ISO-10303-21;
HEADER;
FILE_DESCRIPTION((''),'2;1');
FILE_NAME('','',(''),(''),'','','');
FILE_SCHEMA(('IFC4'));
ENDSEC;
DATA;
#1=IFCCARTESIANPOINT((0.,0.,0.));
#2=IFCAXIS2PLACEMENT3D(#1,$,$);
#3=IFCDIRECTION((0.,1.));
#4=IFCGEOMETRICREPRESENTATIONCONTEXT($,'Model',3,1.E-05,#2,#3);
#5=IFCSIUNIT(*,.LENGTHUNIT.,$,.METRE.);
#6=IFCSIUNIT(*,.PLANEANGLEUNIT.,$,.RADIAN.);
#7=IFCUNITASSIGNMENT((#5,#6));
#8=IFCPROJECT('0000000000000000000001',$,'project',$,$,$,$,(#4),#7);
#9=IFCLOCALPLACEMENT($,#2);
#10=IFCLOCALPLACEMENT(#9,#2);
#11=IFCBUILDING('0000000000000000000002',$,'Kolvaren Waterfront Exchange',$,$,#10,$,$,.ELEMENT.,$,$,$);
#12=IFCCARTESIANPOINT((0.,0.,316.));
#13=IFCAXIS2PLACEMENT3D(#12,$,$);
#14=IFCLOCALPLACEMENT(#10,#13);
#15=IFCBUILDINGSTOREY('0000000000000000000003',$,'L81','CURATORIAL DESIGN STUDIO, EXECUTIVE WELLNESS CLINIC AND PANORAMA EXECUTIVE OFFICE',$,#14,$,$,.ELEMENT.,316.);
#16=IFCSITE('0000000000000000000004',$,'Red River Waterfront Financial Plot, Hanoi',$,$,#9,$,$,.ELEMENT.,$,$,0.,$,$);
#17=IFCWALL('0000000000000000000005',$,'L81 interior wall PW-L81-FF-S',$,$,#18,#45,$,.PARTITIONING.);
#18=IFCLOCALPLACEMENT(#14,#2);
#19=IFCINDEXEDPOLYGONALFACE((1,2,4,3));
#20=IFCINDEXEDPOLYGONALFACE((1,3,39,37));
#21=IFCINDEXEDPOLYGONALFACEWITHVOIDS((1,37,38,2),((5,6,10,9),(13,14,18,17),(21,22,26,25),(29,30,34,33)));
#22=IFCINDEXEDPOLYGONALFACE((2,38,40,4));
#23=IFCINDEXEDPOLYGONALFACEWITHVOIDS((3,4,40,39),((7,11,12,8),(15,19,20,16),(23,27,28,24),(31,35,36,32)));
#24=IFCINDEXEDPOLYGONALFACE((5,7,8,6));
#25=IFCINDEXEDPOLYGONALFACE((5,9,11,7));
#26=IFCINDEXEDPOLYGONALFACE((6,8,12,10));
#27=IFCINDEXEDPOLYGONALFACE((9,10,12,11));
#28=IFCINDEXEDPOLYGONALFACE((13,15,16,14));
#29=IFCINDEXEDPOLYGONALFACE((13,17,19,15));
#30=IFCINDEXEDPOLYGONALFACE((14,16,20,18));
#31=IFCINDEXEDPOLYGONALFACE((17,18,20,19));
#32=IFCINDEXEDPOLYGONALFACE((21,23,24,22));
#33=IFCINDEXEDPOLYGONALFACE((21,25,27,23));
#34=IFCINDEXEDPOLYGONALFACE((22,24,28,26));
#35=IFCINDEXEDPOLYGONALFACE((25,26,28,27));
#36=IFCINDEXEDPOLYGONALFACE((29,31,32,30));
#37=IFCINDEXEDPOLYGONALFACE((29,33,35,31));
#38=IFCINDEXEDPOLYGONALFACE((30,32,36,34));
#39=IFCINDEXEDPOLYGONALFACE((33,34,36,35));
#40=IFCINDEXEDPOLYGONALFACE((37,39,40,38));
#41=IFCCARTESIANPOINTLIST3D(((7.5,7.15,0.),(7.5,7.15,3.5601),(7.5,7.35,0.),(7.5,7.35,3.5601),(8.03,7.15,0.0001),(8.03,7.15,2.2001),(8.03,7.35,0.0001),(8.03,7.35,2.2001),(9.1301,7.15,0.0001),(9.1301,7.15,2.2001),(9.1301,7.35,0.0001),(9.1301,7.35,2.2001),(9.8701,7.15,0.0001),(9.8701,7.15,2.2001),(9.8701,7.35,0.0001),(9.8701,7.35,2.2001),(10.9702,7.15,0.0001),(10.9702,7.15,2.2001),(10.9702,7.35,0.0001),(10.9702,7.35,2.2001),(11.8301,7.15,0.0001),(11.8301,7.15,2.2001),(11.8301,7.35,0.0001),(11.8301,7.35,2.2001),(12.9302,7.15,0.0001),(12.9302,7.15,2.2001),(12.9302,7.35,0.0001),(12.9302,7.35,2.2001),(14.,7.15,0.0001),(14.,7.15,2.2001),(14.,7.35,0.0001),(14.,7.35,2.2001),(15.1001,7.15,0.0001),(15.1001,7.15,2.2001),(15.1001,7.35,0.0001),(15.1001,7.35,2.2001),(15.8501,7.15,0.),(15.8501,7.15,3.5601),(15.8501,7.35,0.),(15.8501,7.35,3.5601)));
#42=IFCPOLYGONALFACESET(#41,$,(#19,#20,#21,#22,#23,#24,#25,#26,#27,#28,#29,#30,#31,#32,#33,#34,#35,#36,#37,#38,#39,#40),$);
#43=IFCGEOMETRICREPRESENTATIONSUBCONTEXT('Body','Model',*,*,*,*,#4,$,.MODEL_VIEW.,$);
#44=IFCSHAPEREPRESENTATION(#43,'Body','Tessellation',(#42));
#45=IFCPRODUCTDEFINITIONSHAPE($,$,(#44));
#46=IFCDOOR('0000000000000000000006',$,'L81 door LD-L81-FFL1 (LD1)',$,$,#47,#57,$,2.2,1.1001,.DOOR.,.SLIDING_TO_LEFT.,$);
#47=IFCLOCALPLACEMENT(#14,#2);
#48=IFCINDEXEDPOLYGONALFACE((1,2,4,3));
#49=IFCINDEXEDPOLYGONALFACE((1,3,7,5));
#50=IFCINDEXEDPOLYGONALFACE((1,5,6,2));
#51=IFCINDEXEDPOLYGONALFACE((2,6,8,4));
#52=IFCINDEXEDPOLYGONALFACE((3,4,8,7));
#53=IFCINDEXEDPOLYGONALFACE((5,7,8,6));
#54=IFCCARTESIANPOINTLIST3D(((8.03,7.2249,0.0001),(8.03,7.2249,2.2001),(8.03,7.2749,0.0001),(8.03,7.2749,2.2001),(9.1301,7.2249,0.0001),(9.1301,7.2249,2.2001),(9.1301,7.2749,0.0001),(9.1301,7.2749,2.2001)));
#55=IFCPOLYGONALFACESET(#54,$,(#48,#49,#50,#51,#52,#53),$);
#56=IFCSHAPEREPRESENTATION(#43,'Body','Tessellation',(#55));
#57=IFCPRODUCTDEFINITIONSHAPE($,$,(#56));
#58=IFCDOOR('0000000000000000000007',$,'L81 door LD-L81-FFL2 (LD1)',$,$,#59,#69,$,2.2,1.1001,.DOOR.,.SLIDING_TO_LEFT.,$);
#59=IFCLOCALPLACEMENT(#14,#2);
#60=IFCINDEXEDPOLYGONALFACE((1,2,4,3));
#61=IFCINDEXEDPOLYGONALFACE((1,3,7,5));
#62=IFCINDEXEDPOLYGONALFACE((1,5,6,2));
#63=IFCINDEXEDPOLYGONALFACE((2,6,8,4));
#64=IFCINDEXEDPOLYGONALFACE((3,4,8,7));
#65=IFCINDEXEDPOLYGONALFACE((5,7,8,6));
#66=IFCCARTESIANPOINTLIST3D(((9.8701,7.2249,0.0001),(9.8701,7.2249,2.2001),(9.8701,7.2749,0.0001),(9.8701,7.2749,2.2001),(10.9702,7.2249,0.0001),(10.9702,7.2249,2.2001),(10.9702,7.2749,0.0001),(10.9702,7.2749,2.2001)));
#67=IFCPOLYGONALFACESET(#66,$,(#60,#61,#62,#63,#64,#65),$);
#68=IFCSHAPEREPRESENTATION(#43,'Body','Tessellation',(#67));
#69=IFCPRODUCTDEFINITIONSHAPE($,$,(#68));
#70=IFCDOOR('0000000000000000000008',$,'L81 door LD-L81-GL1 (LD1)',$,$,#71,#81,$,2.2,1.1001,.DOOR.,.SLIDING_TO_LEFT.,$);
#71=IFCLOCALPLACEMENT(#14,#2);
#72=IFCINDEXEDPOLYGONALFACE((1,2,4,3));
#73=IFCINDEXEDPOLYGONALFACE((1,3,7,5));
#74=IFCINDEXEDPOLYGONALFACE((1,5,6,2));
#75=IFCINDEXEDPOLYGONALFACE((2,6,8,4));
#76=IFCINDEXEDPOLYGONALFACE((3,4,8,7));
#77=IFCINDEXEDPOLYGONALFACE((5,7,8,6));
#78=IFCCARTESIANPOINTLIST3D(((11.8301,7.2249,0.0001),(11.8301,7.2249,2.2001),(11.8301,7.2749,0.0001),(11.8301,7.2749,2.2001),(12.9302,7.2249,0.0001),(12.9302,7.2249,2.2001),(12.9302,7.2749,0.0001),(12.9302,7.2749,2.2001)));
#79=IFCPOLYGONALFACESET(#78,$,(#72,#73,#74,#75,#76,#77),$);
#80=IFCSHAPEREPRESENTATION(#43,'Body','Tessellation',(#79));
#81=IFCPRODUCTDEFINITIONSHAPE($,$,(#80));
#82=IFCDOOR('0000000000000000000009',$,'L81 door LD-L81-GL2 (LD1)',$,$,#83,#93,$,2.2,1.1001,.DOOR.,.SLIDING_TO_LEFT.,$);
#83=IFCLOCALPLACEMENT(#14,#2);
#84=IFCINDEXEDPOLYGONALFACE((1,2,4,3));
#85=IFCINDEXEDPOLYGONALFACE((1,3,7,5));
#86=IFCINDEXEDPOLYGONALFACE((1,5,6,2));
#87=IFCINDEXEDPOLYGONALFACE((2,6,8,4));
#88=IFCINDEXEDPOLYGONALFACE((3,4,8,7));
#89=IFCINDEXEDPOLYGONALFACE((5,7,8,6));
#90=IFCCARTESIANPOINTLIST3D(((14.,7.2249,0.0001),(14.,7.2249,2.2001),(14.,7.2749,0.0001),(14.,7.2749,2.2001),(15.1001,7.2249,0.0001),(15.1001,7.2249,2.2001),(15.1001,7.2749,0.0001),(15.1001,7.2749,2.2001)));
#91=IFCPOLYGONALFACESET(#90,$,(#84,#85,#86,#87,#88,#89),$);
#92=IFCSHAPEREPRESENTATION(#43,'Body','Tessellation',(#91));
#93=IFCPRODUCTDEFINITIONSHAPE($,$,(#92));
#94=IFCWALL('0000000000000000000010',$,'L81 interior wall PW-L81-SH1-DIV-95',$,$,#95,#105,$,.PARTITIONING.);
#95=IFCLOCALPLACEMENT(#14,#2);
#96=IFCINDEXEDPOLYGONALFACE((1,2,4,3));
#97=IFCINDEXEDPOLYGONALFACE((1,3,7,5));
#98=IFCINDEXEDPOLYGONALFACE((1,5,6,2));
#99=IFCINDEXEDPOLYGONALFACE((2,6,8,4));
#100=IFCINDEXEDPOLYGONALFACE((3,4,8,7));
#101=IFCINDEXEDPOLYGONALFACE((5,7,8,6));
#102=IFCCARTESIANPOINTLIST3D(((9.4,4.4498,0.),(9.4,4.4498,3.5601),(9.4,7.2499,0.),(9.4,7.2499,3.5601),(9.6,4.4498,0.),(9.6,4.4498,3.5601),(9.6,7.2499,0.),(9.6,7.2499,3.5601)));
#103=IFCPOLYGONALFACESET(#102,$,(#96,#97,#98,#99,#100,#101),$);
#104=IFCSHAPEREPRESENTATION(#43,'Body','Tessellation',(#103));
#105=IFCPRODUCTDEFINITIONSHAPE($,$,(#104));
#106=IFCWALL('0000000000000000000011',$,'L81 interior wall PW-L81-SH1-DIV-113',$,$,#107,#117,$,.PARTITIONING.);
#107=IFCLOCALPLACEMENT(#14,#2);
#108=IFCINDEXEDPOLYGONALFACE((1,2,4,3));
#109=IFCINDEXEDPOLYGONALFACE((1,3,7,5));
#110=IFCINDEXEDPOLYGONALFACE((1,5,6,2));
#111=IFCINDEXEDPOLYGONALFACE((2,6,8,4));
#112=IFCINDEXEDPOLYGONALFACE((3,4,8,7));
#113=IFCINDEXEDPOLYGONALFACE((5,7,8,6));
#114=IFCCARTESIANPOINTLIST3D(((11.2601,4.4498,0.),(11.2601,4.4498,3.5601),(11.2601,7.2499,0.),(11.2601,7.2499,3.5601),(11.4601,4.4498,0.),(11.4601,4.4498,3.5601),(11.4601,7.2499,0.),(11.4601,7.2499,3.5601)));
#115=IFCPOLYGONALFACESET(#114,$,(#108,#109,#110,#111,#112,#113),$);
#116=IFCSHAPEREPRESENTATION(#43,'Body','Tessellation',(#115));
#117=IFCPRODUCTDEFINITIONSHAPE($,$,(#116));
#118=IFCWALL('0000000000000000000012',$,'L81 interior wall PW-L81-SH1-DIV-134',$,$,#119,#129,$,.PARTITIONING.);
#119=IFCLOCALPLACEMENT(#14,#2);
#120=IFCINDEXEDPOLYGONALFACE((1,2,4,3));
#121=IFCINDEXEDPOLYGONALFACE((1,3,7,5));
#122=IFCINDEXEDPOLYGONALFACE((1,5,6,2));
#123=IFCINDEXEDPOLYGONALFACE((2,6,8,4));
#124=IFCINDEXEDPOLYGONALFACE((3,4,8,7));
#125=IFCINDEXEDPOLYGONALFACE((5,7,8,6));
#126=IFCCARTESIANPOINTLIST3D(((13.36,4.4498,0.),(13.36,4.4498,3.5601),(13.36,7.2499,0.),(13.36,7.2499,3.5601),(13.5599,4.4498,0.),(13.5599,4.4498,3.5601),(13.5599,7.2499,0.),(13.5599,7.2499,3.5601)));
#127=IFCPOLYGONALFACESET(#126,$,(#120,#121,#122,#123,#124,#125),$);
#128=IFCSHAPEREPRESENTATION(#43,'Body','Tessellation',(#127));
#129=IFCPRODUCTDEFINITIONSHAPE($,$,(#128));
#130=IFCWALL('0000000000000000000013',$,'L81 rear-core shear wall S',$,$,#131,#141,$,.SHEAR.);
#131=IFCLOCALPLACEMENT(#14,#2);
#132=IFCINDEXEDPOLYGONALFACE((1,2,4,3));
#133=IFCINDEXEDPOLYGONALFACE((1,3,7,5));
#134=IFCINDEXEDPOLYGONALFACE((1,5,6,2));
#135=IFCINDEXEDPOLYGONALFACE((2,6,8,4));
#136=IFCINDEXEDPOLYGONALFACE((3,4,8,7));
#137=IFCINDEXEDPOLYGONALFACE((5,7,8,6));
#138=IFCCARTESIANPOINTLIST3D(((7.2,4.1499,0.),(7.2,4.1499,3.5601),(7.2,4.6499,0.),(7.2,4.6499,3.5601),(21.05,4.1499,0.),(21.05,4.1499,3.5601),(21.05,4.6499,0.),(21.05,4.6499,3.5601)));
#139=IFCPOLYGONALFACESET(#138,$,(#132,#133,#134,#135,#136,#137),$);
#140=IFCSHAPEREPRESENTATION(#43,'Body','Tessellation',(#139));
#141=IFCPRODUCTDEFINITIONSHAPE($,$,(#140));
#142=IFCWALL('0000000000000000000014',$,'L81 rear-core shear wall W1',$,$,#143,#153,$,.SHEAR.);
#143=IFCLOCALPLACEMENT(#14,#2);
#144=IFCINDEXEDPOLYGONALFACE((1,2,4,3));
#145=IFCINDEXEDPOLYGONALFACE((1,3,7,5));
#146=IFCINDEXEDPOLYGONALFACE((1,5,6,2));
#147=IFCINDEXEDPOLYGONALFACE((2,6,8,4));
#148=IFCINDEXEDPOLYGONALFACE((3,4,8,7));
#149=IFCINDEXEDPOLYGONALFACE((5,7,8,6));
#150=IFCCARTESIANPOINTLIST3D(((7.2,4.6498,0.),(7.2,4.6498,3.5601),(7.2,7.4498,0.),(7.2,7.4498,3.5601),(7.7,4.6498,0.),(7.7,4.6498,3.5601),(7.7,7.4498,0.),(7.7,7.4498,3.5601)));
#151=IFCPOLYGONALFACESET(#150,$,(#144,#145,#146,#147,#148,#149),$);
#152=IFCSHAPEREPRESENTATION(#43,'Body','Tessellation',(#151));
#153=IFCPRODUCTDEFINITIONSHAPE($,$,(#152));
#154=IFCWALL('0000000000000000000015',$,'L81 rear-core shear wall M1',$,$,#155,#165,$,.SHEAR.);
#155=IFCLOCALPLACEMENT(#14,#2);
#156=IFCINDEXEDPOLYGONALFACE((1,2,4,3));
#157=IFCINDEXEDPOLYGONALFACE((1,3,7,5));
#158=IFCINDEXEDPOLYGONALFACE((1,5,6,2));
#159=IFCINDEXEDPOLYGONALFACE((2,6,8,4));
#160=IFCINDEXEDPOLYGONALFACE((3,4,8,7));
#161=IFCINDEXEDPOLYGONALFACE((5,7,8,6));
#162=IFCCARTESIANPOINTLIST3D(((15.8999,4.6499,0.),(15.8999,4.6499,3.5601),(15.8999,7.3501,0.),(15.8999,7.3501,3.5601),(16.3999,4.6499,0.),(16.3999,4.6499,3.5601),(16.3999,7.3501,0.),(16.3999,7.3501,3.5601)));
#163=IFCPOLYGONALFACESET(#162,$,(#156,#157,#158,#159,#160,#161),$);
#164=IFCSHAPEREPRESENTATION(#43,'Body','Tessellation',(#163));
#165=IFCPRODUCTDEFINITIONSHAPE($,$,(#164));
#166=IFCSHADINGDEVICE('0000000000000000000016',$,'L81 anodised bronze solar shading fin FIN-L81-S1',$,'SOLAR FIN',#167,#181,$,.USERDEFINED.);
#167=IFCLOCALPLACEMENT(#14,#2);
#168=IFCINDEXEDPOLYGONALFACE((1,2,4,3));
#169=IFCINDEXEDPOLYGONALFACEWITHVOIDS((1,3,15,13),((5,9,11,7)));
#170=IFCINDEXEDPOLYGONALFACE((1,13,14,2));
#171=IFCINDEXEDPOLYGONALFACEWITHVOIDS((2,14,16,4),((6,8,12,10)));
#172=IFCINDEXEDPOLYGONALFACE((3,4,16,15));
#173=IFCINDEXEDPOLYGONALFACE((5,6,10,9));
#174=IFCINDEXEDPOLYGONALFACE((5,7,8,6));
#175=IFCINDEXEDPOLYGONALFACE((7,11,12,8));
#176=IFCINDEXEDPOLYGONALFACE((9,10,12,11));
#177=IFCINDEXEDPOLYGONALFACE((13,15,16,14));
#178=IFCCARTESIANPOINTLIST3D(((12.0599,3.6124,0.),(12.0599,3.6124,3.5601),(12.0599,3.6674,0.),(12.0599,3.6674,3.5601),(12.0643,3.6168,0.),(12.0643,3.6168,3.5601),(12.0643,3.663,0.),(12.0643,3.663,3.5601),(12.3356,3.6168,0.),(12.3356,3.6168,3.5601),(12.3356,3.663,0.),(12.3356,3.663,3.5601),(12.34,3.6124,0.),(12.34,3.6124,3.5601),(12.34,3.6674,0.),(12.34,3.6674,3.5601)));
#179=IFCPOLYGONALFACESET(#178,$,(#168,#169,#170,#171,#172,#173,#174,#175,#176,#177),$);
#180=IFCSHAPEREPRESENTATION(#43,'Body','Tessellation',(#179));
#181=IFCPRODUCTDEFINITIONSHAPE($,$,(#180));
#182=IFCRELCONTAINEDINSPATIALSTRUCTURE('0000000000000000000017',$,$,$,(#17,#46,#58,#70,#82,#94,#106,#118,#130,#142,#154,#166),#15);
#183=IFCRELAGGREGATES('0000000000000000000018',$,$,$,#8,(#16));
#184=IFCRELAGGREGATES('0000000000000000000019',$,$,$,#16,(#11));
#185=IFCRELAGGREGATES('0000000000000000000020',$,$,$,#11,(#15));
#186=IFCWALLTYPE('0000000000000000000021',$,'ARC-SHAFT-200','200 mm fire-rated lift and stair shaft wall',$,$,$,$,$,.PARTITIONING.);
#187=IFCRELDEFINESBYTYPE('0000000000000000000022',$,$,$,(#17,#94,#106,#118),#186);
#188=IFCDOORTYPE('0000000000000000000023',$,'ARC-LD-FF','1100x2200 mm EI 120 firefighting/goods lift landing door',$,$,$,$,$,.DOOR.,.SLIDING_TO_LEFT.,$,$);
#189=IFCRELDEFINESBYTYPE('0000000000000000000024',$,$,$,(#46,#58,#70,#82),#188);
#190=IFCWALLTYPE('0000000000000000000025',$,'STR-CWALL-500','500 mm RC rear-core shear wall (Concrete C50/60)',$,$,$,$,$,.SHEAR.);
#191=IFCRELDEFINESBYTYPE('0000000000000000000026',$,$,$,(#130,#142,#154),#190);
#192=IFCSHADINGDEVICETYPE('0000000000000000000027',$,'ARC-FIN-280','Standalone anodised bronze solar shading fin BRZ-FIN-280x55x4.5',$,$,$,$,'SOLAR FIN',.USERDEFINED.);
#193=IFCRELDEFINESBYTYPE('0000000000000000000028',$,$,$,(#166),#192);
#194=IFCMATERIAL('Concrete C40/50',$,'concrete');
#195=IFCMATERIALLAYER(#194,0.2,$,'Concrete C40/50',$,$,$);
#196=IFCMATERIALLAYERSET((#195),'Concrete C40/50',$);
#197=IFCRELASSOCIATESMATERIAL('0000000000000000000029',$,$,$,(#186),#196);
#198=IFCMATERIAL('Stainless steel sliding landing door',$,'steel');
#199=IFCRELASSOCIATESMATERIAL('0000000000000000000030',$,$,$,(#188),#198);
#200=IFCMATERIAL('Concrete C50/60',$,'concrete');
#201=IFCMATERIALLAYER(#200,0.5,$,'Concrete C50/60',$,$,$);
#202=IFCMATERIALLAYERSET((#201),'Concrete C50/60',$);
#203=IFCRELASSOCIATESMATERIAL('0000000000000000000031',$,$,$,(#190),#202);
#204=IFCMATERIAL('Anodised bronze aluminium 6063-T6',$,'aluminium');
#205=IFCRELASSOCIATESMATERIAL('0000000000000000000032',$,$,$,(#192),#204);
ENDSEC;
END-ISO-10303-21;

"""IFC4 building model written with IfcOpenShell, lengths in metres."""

from ifc_helpers import new_model, si_unit, direction, frame, frame_2d, origin, origin_2d, place, context, subcontext, project, spatial, rectangle, hollow_rectangle, extrude, material, layer, layer_set, material_profile, profile_set, type_object, element, fill, save


model = new_model("IFC4")

# Units and contexts
model_context = context("Model", 3, precision=1e-05, world=origin(), true_north=direction((0.0, 1.0)))
body_context = subcontext(model_context, "Body", "Model", "MODEL_VIEW")
ifc_project = project(units=[si_unit("LENGTHUNIT", "METRE"), si_unit("PLANEANGLEUNIT", "RADIAN")], contexts=[model_context])

# Site, building, storey
site_placement = place(None, origin())
site = spatial("IfcSite", under=ifc_project, at=site_placement, Name="Red River Waterfront Financial Plot, Hanoi", CompositionType="ELEMENT", RefElevation=0.0)
building_placement = place(site_placement, origin())
building = spatial("IfcBuilding", under=site, at=building_placement, Name="Kolvaren Waterfront Exchange", CompositionType="ELEMENT")
storey_placement = place(building_placement, frame((0.0, 0.0, 316.0)))
storey = spatial("IfcBuildingStorey", under=building, at=storey_placement, Name="L81", Description="CURATORIAL DESIGN STUDIO, EXECUTIVE WELLNESS CLINIC AND PANORAMA EXECUTIVE OFFICE", CompositionType="ELEMENT", Elevation=316.0)

# Shared definitions
ifc_material_1 = material(Name="Concrete C50/60", Category="concrete")

# Shared definitions
ifc_material_2 = material(Name="Anodised bronze aluminium 6063-T6", Category="aluminium")

# Wall, openings, doors
ifc_material_3 = material(Name="Concrete C40/50", Category="concrete")
ifc_layer_1 = layer(ifc_material_3, 0.2, Name="Concrete C40/50")
ifc_layer_set_1 = layer_set([ifc_layer_1], Name="Concrete C40/50")
wall_type_1 = type_object("IfcWallType", Name="ARC-SHAFT-200", Description="200 mm fire-rated lift and stair shaft wall", PredefinedType="PARTITIONING", material=ifc_layer_set_1)
wall_1_placement = place(storey_placement, frame((7.5, 7.25, 0.0), z_axis=(0.0, 0.0, 1.0), x_axis=(1.0, 0.0, 0.0)))
wall_1 = element("IfcWall", 1, at=wall_1_placement, inside=storey, type_object=wall_type_1, Name="L81 interior wall PW-L81-FF-S", PredefinedType="PARTITIONING", context=body_context, shape_type="SweptSolid", body=[
    extrude(rectangle(XDim=8.3501, YDim=0.2, at=frame_2d((4.175, 0.0))), origin(), (0.0, 0.0, 1.0), 3.5601),
])
opening_1_placement = place(wall_1_placement, frame((0.53, 0.0, 0.0)))
opening_1 = element("IfcOpeningElement", 2, at=opening_1_placement, cuts=wall_1, PredefinedType="OPENING", context=body_context, shape_type="SweptSolid", body=[
    extrude(rectangle(XDim=1.1001, YDim=2.2, at=frame_2d((0.55, 1.1001))), frame((0.0, 0.1099, 0.0), z_axis=(0.0, -1.0, 0.0), x_axis=(1.0, 0.0, 0.0)), (0.0, 0.0, 1.0), 0.22),
])
opening_2_placement = place(wall_1_placement, frame((2.3701, 0.0, 0.0)))
opening_2 = element("IfcOpeningElement", 3, at=opening_2_placement, cuts=wall_1, PredefinedType="OPENING", context=body_context, shape_type="SweptSolid", body=[
    extrude(rectangle(XDim=1.1001, YDim=2.2, at=frame_2d((0.55, 1.1001))), frame((0.0, 0.1099, 0.0), z_axis=(0.0, -1.0, 0.0), x_axis=(1.0, 0.0, 0.0)), (0.0, 0.0, 1.0), 0.22),
])
opening_3_placement = place(wall_1_placement, frame((4.3301, 0.0, 0.0)))
opening_3 = element("IfcOpeningElement", 4, at=opening_3_placement, cuts=wall_1, PredefinedType="OPENING", context=body_context, shape_type="SweptSolid", body=[
    extrude(rectangle(XDim=1.1001, YDim=2.2, at=frame_2d((0.55, 1.1001))), frame((0.0, 0.1099, 0.0), z_axis=(0.0, -1.0, 0.0), x_axis=(1.0, 0.0, 0.0)), (0.0, 0.0, 1.0), 0.22),
])
opening_4_placement = place(wall_1_placement, frame((6.5, 0.0, 0.0)))
opening_4 = element("IfcOpeningElement", 5, at=opening_4_placement, cuts=wall_1, PredefinedType="OPENING", context=body_context, shape_type="SweptSolid", body=[
    extrude(rectangle(XDim=1.1001, YDim=2.2, at=frame_2d((0.55, 1.1001))), frame((0.0, 0.1099, 0.0), z_axis=(0.0, -1.0, 0.0), x_axis=(1.0, 0.0, 0.0)), (0.0, 0.0, 1.0), 0.22),
])
ifc_material_4 = material(Name="Stainless steel sliding landing door", Category="steel")
door_type = type_object("IfcDoorType", Name="ARC-LD-FF", Description="1100x2200 mm EI 120 firefighting/goods lift landing door", OperationType="SLIDING_TO_LEFT", PredefinedType="DOOR", material=ifc_material_4)
door_1_placement = place(opening_1_placement, origin())
door_1 = element("IfcDoor", 6, at=door_1_placement, inside=storey, type_object=door_type, Name="L81 door LD-L81-FFL1 (LD1)", OperationType="SLIDING_TO_LEFT", OverallHeight=2.2, OverallWidth=1.1001, PredefinedType="DOOR", context=body_context, shape_type="SweptSolid", body=[
    extrude(rectangle(XDim=1.1001, YDim=2.2, at=frame_2d((0.55, 1.1001))), frame((0.0, 0.0249, 0.0), z_axis=(0.0, -1.0, 0.0), x_axis=(1.0, 0.0, 0.0)), (0.0, 0.0, 1.0), 0.05),
])
fill(opening_1, door_1)
door_2_placement = place(opening_2_placement, origin())
door_2 = element("IfcDoor", 7, at=door_2_placement, inside=storey, type_object=door_type, Name="L81 door LD-L81-FFL2 (LD1)", OperationType="SLIDING_TO_LEFT", OverallHeight=2.2, OverallWidth=1.1001, PredefinedType="DOOR", context=body_context, shape_type="SweptSolid", body=[
    extrude(rectangle(XDim=1.1001, YDim=2.2, at=frame_2d((0.55, 1.1001))), frame((0.0, 0.0249, 0.0), z_axis=(0.0, -1.0, 0.0), x_axis=(1.0, 0.0, 0.0)), (0.0, 0.0, 1.0), 0.05),
])
fill(opening_2, door_2)
door_3_placement = place(opening_3_placement, origin())
door_3 = element("IfcDoor", 8, at=door_3_placement, inside=storey, type_object=door_type, Name="L81 door LD-L81-GL1 (LD1)", OperationType="SLIDING_TO_LEFT", OverallHeight=2.2, OverallWidth=1.1001, PredefinedType="DOOR", context=body_context, shape_type="SweptSolid", body=[
    extrude(rectangle(XDim=1.1001, YDim=2.2, at=frame_2d((0.55, 1.1001))), frame((0.0, 0.0249, 0.0), z_axis=(0.0, -1.0, 0.0), x_axis=(1.0, 0.0, 0.0)), (0.0, 0.0, 1.0), 0.05),
])
fill(opening_3, door_3)
door_4_placement = place(opening_4_placement, origin())
door_4 = element("IfcDoor", 9, at=door_4_placement, inside=storey, type_object=door_type, Name="L81 door LD-L81-GL2 (LD1)", OperationType="SLIDING_TO_LEFT", OverallHeight=2.2, OverallWidth=1.1001, PredefinedType="DOOR", context=body_context, shape_type="SweptSolid", body=[
    extrude(rectangle(XDim=1.1001, YDim=2.2, at=frame_2d((0.55, 1.1001))), frame((0.0, 0.0249, 0.0), z_axis=(0.0, -1.0, 0.0), x_axis=(1.0, 0.0, 0.0)), (0.0, 0.0, 1.0), 0.05),
])
fill(opening_4, door_4)

# Walls
for number, where, z_axis, x_axis, name in (
    (10, (9.5, 4.45, 0.0), (0.0, 0.0, 1.0), (0.0, 1.0, 0.0), "L81 interior wall PW-L81-SH1-DIV-95"),
    (11, (11.3601, 4.45, 0.0), (0.0, 0.0, 1.0), (0.0, 1.0, 0.0), "L81 interior wall PW-L81-SH1-DIV-113"),
    (12, (13.46, 4.45, 0.0), (0.0, 0.0, 1.0), (0.0, 1.0, 0.0), "L81 interior wall PW-L81-SH1-DIV-134"),
):
    element("IfcWall", number, at=place(storey_placement, frame(where, z_axis=z_axis, x_axis=x_axis)), inside=storey, type_object=wall_type_1, Name=name, PredefinedType="PARTITIONING", context=body_context, shape_type="SweptSolid", body=[
        extrude(rectangle(XDim=2.8, YDim=0.2, at=frame_2d((1.3999, 0.0))), origin(), (0.0, 0.0, 1.0), 3.5601),
    ])
ifc_layer_2 = layer(ifc_material_1, 0.5, Name="Concrete C50/60")
ifc_layer_set_2 = layer_set([ifc_layer_2], Name="Concrete C50/60")
wall_type_2 = type_object("IfcWallType", Name="STR-CWALL-500", Description="500 mm RC rear-core shear wall (Concrete C50/60)", PredefinedType="SHEAR", material=ifc_layer_set_2)
wall_2_placement = place(storey_placement, frame((7.2, 4.3999, 0.0), z_axis=(0.0, 0.0, 1.0), x_axis=(1.0, 0.0, 0.0)))
element("IfcWall", 13, at=wall_2_placement, inside=storey, type_object=wall_type_2, Name="L81 rear-core shear wall S", PredefinedType="SHEAR", context=body_context, shape_type="SweptSolid", body=[
    extrude(rectangle(XDim=13.8501, YDim=0.5, at=frame_2d((6.925, 0.0))), origin(), (0.0, 0.0, 1.0), 3.5601),
])
wall_3_placement = place(storey_placement, frame((7.45, 4.6499, 0.0), z_axis=(0.0, 0.0, 1.0), x_axis=(0.0, 1.0, 0.0)))
element("IfcWall", 14, at=wall_3_placement, inside=storey, type_object=wall_type_2, Name="L81 rear-core shear wall W1", PredefinedType="SHEAR", context=body_context, shape_type="SweptSolid", body=[
    extrude(rectangle(XDim=2.8, YDim=0.5, at=frame_2d((1.3999, 0.0))), origin(), (0.0, 0.0, 1.0), 3.5601),
])
wall_4_placement = place(storey_placement, frame((16.1499, 4.6499, 0.0), z_axis=(0.0, 0.0, 1.0), x_axis=(0.0, 1.0, 0.0)))
element("IfcWall", 15, at=wall_4_placement, inside=storey, type_object=wall_type_2, Name="L81 rear-core shear wall M1", PredefinedType="SHEAR", context=body_context, shape_type="SweptSolid", body=[
    extrude(rectangle(XDim=2.7002, YDim=0.5, at=frame_2d((1.3501, 0.0))), origin(), (0.0, 0.0, 1.0), 3.5601),
])

# Shading device
ifc_material_profile_1 = material_profile(ifc_material_2, hollow_rectangle(XDim=0.0549, YDim=0.28, WallThickness=0.0044, at=origin_2d()), Name="BRZ-FIN-280x55x4.5")
ifc_profile_set_1 = profile_set([ifc_material_profile_1], Name="Anodised bronze aluminium 6063-T6")
shading_device_type = type_object("IfcShadingDeviceType", Name="ARC-FIN-280", Description="Standalone anodised bronze solar shading fin BRZ-FIN-280x55x4.5", ElementType="SOLAR FIN", PredefinedType="USERDEFINED", material=ifc_profile_set_1)
shading_device_placement = place(storey_placement, frame((12.2, 3.6399, 0.0), z_axis=(0.0, 0.0, 1.0), x_axis=(0.0, -1.0, 0.0)))
element("IfcShadingDevice", 16, at=shading_device_placement, inside=storey, type_object=shading_device_type, Name="L81 anodised bronze solar shading fin FIN-L81-S1", ObjectType="SOLAR FIN", PredefinedType="USERDEFINED", context=body_context, shape_type="SweptSolid", body=[
    extrude(hollow_rectangle(XDim=0.0549, YDim=0.28, WallThickness=0.0044, at=origin_2d()), origin(), (0.0, 0.0, 1.0), 3.5601),
])

save(model, "model.ifc")
